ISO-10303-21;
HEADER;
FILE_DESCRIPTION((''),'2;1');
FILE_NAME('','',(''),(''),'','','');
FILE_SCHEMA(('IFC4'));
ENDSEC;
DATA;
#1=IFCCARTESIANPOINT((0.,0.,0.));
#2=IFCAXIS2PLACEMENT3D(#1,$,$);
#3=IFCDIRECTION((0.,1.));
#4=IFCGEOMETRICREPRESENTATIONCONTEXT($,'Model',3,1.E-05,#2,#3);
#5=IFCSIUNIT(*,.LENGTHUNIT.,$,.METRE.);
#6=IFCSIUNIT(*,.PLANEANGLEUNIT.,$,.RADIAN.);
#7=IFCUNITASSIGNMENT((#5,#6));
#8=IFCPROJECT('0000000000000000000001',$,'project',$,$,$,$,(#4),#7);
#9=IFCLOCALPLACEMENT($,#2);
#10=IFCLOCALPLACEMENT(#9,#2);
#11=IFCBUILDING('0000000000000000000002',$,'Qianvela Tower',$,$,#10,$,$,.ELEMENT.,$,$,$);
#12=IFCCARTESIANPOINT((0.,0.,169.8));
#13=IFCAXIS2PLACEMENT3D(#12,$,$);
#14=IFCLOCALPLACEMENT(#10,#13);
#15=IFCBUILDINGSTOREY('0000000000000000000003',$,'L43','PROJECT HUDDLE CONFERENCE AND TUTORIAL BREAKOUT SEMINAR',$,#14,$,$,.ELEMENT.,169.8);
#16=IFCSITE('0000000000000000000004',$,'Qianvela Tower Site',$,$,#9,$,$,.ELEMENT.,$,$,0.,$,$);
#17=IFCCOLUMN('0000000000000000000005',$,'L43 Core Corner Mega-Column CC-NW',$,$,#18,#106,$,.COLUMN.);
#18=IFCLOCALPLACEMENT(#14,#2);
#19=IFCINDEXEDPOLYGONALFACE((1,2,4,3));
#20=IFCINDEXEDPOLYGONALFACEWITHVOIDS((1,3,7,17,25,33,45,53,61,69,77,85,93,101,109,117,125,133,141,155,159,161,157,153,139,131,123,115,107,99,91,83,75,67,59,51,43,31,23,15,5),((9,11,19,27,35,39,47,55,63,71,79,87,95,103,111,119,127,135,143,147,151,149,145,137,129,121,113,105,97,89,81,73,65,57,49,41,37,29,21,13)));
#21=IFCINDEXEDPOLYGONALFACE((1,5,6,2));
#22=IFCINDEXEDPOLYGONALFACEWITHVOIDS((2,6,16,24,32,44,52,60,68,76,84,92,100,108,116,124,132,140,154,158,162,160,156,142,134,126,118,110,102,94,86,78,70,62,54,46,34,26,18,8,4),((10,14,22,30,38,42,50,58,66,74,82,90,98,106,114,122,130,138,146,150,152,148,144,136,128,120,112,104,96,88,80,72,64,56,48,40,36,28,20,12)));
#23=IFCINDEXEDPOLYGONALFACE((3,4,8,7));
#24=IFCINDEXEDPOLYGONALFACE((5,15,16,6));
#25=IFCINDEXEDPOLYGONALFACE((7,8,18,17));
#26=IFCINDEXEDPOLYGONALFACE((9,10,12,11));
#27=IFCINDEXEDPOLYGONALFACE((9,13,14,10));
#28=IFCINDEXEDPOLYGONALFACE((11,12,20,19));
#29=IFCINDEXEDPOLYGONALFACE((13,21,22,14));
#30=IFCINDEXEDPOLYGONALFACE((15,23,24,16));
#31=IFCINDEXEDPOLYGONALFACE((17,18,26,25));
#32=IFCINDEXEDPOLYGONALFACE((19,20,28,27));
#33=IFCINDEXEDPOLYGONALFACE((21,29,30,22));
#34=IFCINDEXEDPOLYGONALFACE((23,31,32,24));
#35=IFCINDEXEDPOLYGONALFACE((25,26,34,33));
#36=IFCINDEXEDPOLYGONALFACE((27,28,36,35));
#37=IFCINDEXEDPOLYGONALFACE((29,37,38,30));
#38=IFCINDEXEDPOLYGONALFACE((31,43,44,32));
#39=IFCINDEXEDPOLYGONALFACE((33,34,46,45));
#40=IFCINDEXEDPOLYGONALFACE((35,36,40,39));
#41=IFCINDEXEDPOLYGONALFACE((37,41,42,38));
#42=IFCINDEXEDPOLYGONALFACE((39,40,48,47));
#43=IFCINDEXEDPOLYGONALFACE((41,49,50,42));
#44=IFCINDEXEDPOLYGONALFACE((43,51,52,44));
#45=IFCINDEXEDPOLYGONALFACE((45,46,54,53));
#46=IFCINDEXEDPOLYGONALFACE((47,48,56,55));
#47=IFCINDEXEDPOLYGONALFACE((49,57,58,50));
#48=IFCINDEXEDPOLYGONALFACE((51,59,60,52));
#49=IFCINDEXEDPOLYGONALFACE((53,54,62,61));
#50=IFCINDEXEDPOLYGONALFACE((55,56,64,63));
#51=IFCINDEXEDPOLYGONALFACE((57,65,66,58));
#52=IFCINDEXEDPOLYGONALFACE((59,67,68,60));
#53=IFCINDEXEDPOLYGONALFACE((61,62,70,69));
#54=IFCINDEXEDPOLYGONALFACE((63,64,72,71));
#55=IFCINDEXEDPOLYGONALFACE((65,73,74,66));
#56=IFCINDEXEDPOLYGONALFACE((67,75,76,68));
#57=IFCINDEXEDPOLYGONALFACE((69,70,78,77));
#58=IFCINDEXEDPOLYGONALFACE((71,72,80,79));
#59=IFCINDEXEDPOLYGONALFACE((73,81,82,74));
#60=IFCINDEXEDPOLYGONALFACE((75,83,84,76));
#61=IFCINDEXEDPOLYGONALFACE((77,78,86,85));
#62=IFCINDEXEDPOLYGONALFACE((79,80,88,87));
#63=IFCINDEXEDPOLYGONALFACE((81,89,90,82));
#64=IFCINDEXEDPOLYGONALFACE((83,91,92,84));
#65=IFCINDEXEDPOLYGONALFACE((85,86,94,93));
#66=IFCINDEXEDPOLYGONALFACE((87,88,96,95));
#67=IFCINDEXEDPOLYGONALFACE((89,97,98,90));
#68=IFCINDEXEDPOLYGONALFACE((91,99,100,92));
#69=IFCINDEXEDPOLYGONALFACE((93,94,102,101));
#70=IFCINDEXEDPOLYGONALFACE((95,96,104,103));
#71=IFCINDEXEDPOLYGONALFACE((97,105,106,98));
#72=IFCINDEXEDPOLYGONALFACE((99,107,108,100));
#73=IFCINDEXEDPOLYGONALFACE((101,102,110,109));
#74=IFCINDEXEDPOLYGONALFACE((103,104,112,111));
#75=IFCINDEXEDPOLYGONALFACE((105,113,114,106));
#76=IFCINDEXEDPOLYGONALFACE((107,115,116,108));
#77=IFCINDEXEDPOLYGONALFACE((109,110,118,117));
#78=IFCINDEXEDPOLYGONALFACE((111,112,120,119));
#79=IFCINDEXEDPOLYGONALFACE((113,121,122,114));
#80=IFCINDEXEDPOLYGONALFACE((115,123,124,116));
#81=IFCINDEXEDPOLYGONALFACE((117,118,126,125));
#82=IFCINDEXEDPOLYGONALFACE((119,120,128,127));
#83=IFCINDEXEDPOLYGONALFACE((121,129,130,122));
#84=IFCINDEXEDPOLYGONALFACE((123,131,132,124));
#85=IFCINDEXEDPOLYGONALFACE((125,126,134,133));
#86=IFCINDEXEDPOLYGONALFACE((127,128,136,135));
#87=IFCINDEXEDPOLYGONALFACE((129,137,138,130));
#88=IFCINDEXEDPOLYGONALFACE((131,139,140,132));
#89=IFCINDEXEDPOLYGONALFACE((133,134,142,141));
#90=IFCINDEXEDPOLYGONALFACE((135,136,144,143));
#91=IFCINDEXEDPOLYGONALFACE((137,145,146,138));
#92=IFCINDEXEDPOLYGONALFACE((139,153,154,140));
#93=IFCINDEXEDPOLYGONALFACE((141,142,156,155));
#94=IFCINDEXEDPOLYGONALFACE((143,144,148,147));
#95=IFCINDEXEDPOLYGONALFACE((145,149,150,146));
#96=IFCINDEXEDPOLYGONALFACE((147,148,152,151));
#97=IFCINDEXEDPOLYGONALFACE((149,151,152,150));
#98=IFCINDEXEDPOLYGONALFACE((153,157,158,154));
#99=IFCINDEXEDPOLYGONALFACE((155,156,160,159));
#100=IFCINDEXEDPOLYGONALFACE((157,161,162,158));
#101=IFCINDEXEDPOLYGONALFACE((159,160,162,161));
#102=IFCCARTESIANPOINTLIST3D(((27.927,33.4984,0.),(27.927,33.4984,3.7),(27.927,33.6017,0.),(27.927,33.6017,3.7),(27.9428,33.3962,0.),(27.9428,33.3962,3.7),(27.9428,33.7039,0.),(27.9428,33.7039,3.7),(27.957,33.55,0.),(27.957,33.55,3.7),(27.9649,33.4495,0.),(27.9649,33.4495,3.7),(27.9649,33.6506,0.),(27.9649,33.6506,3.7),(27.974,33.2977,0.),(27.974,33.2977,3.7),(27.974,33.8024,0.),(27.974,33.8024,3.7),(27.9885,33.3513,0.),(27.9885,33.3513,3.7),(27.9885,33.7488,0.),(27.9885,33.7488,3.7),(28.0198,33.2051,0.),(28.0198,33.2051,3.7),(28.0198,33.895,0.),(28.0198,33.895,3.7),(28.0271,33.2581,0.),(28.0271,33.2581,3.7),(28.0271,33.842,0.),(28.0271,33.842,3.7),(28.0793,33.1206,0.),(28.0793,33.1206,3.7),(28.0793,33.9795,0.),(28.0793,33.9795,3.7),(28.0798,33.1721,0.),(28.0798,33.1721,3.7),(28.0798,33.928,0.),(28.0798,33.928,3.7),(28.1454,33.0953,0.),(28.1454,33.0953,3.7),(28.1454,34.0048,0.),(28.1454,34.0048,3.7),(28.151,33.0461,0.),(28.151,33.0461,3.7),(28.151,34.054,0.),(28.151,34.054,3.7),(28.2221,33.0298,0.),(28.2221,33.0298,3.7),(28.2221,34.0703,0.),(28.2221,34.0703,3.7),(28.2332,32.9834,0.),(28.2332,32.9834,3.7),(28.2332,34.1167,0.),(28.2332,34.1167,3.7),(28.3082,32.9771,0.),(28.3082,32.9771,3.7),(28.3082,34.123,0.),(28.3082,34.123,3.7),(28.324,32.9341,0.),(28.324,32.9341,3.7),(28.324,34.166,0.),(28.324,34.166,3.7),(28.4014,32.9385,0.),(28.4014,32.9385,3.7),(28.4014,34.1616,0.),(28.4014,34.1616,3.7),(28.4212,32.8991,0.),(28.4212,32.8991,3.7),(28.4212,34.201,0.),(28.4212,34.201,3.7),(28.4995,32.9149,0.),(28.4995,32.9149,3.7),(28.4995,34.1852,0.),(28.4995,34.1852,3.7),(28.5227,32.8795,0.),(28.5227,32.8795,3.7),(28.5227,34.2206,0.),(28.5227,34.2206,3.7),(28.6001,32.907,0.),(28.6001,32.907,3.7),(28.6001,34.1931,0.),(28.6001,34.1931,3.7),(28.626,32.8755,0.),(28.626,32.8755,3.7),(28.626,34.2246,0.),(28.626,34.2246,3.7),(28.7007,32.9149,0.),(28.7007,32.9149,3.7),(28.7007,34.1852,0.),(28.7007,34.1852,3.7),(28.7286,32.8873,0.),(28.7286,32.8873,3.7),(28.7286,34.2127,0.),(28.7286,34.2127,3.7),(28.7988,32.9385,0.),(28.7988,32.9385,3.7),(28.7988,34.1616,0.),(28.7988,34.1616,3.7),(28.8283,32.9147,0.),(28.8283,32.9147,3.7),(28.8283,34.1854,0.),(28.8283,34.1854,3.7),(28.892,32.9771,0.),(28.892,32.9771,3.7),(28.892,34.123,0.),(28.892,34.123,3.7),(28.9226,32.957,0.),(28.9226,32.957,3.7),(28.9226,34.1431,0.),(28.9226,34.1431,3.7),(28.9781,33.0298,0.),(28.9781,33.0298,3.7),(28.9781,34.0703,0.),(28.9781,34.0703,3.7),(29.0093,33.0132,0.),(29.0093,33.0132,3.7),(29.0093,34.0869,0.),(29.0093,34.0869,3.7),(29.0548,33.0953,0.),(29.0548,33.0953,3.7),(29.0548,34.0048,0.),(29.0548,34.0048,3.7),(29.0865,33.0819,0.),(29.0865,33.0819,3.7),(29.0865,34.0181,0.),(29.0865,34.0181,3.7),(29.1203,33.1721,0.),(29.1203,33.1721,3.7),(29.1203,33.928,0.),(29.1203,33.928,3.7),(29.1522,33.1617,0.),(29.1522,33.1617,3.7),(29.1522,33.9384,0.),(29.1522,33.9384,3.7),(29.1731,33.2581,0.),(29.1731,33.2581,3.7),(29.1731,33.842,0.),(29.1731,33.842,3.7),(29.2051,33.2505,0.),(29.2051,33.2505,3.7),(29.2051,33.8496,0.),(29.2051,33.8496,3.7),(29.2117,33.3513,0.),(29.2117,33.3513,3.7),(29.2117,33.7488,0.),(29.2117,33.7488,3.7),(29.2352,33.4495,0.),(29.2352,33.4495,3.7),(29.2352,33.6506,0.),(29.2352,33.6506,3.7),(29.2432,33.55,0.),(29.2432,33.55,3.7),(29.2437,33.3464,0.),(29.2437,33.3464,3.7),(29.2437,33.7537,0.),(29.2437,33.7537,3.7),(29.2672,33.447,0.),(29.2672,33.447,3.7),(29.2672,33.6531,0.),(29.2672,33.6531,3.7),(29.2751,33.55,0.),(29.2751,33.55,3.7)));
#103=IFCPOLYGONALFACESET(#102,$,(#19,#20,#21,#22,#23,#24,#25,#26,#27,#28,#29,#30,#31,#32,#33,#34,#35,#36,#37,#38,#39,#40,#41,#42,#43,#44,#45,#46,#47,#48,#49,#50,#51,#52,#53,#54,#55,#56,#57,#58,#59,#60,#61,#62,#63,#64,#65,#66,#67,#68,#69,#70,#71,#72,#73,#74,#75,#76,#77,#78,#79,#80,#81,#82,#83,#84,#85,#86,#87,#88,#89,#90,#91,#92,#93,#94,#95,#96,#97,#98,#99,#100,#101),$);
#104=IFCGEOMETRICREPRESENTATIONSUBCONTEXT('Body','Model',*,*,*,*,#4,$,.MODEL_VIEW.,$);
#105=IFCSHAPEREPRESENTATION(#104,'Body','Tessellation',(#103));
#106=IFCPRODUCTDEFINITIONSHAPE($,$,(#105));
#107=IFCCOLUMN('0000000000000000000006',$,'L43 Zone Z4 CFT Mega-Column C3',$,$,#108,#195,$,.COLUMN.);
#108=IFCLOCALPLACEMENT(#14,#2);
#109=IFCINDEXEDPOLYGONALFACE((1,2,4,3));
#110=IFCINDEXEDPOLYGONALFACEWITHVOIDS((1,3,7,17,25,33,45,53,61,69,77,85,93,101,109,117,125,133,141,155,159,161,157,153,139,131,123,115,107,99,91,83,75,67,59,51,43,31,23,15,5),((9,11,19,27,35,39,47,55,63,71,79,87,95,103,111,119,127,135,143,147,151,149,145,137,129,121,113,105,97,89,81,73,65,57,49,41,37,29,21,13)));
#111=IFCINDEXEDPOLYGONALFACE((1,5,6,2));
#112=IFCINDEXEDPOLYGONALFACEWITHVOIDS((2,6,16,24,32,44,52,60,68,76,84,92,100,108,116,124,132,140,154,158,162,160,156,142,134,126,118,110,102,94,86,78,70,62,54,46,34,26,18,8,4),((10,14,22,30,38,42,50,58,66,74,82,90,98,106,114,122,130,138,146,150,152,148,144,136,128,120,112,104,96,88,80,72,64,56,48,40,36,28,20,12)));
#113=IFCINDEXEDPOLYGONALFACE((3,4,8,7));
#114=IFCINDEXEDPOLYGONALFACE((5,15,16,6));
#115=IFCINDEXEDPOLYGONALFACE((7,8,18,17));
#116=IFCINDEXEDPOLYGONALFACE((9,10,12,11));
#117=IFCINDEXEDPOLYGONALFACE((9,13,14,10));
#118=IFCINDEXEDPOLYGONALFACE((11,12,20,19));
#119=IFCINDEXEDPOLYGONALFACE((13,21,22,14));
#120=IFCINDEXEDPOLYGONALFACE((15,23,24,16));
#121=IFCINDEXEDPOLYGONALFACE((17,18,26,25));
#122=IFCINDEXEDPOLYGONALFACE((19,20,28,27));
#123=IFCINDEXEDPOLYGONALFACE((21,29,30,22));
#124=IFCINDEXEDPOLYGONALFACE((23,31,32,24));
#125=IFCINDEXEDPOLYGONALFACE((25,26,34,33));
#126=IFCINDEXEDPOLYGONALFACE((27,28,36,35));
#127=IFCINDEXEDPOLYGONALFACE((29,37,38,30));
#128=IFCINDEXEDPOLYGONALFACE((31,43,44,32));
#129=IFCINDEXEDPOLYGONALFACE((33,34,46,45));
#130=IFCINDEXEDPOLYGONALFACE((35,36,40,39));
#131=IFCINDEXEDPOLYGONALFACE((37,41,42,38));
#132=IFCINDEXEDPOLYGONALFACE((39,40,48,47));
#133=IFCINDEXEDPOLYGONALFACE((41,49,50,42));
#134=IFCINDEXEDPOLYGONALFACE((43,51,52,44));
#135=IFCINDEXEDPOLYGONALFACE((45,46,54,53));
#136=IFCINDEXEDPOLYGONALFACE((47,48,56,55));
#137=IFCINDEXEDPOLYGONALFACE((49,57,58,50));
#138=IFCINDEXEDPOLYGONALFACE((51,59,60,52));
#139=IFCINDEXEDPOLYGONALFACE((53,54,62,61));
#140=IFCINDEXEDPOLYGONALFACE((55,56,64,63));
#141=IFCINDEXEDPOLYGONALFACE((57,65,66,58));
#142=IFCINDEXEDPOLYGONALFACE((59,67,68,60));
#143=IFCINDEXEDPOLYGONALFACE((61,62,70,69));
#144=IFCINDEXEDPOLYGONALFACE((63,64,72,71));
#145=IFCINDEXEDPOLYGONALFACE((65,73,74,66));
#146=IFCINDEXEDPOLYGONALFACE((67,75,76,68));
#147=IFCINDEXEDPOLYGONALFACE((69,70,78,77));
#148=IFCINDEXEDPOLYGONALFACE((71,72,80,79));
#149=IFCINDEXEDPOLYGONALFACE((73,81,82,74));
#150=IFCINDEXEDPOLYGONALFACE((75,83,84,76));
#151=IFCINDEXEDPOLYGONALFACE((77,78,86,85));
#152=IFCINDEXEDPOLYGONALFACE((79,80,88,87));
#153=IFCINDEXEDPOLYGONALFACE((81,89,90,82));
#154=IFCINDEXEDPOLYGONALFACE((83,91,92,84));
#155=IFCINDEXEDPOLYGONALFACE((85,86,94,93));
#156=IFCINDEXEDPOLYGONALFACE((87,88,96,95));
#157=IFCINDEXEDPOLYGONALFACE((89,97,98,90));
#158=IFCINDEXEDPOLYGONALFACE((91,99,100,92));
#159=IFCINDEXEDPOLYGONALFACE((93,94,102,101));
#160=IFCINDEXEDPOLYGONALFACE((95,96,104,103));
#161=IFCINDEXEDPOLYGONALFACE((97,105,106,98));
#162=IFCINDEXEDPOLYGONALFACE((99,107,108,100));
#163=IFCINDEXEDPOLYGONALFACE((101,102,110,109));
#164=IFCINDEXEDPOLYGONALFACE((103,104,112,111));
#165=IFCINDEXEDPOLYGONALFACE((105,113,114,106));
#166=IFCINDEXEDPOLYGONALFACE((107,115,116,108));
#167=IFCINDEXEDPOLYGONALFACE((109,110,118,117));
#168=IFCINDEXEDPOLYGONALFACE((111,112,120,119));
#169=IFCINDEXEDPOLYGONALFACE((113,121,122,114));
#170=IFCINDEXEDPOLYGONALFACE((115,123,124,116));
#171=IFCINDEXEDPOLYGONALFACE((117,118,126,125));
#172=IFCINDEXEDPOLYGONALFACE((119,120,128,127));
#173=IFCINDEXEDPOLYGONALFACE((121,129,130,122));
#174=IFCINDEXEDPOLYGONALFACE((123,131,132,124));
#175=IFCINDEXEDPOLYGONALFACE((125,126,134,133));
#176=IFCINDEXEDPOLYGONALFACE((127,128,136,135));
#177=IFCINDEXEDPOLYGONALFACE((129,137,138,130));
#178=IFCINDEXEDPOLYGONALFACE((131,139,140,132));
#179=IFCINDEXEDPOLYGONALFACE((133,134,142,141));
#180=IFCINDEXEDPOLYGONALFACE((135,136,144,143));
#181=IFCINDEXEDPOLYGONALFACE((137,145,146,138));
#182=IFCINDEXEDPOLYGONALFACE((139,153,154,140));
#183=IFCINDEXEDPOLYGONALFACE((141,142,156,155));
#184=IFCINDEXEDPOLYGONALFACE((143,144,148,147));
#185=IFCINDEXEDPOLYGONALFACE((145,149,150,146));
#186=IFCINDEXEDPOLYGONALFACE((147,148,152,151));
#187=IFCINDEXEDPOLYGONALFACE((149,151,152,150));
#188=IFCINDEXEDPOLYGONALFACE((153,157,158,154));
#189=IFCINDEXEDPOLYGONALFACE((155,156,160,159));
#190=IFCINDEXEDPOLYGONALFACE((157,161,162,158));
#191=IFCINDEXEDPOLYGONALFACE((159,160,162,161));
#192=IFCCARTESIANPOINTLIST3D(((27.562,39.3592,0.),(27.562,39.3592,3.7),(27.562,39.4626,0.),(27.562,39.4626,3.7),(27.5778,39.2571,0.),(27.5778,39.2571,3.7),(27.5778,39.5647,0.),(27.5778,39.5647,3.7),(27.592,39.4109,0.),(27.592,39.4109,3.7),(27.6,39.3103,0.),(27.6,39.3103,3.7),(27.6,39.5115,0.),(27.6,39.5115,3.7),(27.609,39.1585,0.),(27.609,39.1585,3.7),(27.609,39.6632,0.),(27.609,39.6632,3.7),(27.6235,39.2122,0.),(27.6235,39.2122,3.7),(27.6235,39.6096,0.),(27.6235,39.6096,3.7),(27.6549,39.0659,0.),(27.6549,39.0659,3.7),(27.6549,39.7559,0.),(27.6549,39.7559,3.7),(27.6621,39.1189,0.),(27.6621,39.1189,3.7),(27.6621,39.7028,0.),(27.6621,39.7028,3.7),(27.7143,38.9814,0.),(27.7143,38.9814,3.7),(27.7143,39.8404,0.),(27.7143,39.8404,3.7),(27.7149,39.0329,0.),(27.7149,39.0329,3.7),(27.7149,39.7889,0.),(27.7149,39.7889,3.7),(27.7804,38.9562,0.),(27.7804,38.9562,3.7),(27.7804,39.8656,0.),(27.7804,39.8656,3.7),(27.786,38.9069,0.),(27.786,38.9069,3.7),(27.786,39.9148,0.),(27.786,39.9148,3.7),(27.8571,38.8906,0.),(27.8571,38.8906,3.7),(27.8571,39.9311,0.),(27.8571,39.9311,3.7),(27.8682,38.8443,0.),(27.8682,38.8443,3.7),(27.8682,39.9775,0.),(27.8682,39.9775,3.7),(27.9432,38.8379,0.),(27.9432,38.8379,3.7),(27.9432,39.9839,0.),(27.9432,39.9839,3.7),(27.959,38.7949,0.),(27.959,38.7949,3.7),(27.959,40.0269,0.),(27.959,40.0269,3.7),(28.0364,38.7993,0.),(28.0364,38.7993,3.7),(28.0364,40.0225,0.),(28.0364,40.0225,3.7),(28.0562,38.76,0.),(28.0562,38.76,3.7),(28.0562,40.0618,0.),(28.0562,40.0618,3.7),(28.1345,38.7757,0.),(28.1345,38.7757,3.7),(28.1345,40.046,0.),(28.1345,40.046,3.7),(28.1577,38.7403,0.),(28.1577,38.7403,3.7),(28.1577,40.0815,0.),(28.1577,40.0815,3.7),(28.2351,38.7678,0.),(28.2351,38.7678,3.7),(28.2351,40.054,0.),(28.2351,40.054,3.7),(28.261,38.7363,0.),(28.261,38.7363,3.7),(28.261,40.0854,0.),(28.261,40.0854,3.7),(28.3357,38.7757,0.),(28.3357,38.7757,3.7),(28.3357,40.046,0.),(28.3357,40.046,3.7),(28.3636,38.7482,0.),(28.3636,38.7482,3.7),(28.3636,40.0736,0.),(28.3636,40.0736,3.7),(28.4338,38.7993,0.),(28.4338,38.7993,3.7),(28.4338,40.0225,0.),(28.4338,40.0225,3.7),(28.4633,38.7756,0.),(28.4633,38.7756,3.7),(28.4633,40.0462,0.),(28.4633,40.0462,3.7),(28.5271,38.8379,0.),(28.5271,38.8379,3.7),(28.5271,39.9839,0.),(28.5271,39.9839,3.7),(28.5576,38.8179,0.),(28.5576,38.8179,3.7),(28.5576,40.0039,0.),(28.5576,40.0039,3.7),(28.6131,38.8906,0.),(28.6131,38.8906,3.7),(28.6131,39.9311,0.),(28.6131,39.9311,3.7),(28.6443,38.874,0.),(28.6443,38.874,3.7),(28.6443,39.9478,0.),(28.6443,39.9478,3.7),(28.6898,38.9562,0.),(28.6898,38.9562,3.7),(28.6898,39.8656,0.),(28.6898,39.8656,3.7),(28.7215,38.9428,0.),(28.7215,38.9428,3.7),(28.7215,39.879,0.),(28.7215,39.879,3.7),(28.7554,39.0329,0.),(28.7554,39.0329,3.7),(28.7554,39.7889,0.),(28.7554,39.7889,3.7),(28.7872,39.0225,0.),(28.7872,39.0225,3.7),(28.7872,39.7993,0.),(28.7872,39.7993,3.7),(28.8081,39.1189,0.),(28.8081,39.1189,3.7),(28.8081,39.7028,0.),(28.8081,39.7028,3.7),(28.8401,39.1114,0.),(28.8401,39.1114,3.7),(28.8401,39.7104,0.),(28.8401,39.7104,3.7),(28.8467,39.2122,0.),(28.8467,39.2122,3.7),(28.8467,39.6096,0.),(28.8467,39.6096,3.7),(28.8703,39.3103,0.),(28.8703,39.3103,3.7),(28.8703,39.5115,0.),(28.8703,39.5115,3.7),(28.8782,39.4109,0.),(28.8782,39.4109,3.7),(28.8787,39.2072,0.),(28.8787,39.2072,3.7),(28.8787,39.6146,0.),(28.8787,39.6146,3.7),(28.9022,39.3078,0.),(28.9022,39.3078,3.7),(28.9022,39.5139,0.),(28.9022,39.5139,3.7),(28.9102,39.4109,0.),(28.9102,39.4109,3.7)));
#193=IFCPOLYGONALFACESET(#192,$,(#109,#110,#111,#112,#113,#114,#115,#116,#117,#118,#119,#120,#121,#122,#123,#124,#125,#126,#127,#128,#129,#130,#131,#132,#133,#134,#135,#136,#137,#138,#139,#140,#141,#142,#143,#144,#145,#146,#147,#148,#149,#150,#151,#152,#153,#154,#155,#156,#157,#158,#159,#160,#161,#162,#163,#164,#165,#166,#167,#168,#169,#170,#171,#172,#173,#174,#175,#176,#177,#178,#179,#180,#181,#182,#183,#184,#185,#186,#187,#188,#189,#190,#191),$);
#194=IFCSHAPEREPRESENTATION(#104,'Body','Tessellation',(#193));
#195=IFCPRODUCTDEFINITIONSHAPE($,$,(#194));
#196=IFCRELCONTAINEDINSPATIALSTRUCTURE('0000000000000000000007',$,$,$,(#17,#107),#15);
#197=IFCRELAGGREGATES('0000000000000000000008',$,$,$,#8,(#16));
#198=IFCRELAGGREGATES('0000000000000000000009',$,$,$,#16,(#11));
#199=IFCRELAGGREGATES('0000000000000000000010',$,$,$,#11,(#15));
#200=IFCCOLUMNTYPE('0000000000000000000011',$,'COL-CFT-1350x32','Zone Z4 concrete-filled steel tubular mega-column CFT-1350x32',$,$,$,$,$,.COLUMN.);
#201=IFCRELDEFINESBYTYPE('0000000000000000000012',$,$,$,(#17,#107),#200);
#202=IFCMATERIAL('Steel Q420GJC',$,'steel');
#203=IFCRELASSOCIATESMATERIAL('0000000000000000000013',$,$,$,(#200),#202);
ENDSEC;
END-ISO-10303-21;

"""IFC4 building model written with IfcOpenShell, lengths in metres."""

from ifc_helpers import new_model, si_unit, direction, frame, origin, origin_2d, place, context, subcontext, project, spatial, hollow_circle, extrude, material, material_profile, profile_set, type_object, element, save


model = new_model("IFC4")

# Units and contexts
model_context = context("Model", 3, precision=1e-05, world=origin(), true_north=direction((0.0, 1.0)))
body_context = subcontext(model_context, "Body", "Model", "MODEL_VIEW")
ifc_project = project(units=[si_unit("LENGTHUNIT", "METRE"), si_unit("PLANEANGLEUNIT", "RADIAN")], contexts=[model_context])

# Site, building, storey
site_placement = place(None, origin())
site = spatial("IfcSite", under=ifc_project, at=site_placement, Name="Qianvela Tower Site", CompositionType="ELEMENT", RefElevation=0.0)
building_placement = place(site_placement, origin())
building = spatial("IfcBuilding", under=site, at=building_placement, Name="Qianvela Tower", CompositionType="ELEMENT")
storey_placement = place(building_placement, frame((0.0, 0.0, 169.8)))
storey = spatial("IfcBuildingStorey", under=building, at=storey_placement, Name="L43", Description="PROJECT HUDDLE CONFERENCE AND TUTORIAL BREAKOUT SEMINAR", CompositionType="ELEMENT", Elevation=169.8)

# Columns
ifc_material_1 = material(Name="Steel Q420GJC", Category="steel")
ifc_material_profile_1 = material_profile(ifc_material_1, hollow_circle(Radius=0.675, WallThickness=0.032, at=origin_2d()), Name="CFT-1350x32")
ifc_profile_set_1 = profile_set([ifc_material_profile_1], Name="Steel Q420GJC")
column_type = type_object("IfcColumnType", Name="COL-CFT-1350x32", Description="Zone Z4 concrete-filled steel tubular mega-column CFT-1350x32", PredefinedType="COLUMN", material=ifc_profile_set_1)
for number, where, z_axis, x_axis, name in (
    (1, (28.6001, 33.55, 0.0), (0.0, 0.0, 1.0), (1.0, 0.0, 0.0), "L43 Core Corner Mega-Column CC-NW"),
    (2, (28.2351, 39.4109, 0.0), (0.0, 0.0, 1.0), (1.0, 0.0, 0.0), "L43 Zone Z4 CFT Mega-Column C3"),
):
    element("IfcColumn", number, at=place(storey_placement, frame(where, z_axis=z_axis, x_axis=x_axis)), inside=storey, type_object=column_type, Name=name, PredefinedType="COLUMN", context=body_context, shape_type="SweptSolid", body=[
        extrude(hollow_circle(Radius=0.675, WallThickness=0.032, at=origin_2d()), origin(), (0.0, 0.0, 1.0), 3.7),
    ])

save(model, "model.ifc")
